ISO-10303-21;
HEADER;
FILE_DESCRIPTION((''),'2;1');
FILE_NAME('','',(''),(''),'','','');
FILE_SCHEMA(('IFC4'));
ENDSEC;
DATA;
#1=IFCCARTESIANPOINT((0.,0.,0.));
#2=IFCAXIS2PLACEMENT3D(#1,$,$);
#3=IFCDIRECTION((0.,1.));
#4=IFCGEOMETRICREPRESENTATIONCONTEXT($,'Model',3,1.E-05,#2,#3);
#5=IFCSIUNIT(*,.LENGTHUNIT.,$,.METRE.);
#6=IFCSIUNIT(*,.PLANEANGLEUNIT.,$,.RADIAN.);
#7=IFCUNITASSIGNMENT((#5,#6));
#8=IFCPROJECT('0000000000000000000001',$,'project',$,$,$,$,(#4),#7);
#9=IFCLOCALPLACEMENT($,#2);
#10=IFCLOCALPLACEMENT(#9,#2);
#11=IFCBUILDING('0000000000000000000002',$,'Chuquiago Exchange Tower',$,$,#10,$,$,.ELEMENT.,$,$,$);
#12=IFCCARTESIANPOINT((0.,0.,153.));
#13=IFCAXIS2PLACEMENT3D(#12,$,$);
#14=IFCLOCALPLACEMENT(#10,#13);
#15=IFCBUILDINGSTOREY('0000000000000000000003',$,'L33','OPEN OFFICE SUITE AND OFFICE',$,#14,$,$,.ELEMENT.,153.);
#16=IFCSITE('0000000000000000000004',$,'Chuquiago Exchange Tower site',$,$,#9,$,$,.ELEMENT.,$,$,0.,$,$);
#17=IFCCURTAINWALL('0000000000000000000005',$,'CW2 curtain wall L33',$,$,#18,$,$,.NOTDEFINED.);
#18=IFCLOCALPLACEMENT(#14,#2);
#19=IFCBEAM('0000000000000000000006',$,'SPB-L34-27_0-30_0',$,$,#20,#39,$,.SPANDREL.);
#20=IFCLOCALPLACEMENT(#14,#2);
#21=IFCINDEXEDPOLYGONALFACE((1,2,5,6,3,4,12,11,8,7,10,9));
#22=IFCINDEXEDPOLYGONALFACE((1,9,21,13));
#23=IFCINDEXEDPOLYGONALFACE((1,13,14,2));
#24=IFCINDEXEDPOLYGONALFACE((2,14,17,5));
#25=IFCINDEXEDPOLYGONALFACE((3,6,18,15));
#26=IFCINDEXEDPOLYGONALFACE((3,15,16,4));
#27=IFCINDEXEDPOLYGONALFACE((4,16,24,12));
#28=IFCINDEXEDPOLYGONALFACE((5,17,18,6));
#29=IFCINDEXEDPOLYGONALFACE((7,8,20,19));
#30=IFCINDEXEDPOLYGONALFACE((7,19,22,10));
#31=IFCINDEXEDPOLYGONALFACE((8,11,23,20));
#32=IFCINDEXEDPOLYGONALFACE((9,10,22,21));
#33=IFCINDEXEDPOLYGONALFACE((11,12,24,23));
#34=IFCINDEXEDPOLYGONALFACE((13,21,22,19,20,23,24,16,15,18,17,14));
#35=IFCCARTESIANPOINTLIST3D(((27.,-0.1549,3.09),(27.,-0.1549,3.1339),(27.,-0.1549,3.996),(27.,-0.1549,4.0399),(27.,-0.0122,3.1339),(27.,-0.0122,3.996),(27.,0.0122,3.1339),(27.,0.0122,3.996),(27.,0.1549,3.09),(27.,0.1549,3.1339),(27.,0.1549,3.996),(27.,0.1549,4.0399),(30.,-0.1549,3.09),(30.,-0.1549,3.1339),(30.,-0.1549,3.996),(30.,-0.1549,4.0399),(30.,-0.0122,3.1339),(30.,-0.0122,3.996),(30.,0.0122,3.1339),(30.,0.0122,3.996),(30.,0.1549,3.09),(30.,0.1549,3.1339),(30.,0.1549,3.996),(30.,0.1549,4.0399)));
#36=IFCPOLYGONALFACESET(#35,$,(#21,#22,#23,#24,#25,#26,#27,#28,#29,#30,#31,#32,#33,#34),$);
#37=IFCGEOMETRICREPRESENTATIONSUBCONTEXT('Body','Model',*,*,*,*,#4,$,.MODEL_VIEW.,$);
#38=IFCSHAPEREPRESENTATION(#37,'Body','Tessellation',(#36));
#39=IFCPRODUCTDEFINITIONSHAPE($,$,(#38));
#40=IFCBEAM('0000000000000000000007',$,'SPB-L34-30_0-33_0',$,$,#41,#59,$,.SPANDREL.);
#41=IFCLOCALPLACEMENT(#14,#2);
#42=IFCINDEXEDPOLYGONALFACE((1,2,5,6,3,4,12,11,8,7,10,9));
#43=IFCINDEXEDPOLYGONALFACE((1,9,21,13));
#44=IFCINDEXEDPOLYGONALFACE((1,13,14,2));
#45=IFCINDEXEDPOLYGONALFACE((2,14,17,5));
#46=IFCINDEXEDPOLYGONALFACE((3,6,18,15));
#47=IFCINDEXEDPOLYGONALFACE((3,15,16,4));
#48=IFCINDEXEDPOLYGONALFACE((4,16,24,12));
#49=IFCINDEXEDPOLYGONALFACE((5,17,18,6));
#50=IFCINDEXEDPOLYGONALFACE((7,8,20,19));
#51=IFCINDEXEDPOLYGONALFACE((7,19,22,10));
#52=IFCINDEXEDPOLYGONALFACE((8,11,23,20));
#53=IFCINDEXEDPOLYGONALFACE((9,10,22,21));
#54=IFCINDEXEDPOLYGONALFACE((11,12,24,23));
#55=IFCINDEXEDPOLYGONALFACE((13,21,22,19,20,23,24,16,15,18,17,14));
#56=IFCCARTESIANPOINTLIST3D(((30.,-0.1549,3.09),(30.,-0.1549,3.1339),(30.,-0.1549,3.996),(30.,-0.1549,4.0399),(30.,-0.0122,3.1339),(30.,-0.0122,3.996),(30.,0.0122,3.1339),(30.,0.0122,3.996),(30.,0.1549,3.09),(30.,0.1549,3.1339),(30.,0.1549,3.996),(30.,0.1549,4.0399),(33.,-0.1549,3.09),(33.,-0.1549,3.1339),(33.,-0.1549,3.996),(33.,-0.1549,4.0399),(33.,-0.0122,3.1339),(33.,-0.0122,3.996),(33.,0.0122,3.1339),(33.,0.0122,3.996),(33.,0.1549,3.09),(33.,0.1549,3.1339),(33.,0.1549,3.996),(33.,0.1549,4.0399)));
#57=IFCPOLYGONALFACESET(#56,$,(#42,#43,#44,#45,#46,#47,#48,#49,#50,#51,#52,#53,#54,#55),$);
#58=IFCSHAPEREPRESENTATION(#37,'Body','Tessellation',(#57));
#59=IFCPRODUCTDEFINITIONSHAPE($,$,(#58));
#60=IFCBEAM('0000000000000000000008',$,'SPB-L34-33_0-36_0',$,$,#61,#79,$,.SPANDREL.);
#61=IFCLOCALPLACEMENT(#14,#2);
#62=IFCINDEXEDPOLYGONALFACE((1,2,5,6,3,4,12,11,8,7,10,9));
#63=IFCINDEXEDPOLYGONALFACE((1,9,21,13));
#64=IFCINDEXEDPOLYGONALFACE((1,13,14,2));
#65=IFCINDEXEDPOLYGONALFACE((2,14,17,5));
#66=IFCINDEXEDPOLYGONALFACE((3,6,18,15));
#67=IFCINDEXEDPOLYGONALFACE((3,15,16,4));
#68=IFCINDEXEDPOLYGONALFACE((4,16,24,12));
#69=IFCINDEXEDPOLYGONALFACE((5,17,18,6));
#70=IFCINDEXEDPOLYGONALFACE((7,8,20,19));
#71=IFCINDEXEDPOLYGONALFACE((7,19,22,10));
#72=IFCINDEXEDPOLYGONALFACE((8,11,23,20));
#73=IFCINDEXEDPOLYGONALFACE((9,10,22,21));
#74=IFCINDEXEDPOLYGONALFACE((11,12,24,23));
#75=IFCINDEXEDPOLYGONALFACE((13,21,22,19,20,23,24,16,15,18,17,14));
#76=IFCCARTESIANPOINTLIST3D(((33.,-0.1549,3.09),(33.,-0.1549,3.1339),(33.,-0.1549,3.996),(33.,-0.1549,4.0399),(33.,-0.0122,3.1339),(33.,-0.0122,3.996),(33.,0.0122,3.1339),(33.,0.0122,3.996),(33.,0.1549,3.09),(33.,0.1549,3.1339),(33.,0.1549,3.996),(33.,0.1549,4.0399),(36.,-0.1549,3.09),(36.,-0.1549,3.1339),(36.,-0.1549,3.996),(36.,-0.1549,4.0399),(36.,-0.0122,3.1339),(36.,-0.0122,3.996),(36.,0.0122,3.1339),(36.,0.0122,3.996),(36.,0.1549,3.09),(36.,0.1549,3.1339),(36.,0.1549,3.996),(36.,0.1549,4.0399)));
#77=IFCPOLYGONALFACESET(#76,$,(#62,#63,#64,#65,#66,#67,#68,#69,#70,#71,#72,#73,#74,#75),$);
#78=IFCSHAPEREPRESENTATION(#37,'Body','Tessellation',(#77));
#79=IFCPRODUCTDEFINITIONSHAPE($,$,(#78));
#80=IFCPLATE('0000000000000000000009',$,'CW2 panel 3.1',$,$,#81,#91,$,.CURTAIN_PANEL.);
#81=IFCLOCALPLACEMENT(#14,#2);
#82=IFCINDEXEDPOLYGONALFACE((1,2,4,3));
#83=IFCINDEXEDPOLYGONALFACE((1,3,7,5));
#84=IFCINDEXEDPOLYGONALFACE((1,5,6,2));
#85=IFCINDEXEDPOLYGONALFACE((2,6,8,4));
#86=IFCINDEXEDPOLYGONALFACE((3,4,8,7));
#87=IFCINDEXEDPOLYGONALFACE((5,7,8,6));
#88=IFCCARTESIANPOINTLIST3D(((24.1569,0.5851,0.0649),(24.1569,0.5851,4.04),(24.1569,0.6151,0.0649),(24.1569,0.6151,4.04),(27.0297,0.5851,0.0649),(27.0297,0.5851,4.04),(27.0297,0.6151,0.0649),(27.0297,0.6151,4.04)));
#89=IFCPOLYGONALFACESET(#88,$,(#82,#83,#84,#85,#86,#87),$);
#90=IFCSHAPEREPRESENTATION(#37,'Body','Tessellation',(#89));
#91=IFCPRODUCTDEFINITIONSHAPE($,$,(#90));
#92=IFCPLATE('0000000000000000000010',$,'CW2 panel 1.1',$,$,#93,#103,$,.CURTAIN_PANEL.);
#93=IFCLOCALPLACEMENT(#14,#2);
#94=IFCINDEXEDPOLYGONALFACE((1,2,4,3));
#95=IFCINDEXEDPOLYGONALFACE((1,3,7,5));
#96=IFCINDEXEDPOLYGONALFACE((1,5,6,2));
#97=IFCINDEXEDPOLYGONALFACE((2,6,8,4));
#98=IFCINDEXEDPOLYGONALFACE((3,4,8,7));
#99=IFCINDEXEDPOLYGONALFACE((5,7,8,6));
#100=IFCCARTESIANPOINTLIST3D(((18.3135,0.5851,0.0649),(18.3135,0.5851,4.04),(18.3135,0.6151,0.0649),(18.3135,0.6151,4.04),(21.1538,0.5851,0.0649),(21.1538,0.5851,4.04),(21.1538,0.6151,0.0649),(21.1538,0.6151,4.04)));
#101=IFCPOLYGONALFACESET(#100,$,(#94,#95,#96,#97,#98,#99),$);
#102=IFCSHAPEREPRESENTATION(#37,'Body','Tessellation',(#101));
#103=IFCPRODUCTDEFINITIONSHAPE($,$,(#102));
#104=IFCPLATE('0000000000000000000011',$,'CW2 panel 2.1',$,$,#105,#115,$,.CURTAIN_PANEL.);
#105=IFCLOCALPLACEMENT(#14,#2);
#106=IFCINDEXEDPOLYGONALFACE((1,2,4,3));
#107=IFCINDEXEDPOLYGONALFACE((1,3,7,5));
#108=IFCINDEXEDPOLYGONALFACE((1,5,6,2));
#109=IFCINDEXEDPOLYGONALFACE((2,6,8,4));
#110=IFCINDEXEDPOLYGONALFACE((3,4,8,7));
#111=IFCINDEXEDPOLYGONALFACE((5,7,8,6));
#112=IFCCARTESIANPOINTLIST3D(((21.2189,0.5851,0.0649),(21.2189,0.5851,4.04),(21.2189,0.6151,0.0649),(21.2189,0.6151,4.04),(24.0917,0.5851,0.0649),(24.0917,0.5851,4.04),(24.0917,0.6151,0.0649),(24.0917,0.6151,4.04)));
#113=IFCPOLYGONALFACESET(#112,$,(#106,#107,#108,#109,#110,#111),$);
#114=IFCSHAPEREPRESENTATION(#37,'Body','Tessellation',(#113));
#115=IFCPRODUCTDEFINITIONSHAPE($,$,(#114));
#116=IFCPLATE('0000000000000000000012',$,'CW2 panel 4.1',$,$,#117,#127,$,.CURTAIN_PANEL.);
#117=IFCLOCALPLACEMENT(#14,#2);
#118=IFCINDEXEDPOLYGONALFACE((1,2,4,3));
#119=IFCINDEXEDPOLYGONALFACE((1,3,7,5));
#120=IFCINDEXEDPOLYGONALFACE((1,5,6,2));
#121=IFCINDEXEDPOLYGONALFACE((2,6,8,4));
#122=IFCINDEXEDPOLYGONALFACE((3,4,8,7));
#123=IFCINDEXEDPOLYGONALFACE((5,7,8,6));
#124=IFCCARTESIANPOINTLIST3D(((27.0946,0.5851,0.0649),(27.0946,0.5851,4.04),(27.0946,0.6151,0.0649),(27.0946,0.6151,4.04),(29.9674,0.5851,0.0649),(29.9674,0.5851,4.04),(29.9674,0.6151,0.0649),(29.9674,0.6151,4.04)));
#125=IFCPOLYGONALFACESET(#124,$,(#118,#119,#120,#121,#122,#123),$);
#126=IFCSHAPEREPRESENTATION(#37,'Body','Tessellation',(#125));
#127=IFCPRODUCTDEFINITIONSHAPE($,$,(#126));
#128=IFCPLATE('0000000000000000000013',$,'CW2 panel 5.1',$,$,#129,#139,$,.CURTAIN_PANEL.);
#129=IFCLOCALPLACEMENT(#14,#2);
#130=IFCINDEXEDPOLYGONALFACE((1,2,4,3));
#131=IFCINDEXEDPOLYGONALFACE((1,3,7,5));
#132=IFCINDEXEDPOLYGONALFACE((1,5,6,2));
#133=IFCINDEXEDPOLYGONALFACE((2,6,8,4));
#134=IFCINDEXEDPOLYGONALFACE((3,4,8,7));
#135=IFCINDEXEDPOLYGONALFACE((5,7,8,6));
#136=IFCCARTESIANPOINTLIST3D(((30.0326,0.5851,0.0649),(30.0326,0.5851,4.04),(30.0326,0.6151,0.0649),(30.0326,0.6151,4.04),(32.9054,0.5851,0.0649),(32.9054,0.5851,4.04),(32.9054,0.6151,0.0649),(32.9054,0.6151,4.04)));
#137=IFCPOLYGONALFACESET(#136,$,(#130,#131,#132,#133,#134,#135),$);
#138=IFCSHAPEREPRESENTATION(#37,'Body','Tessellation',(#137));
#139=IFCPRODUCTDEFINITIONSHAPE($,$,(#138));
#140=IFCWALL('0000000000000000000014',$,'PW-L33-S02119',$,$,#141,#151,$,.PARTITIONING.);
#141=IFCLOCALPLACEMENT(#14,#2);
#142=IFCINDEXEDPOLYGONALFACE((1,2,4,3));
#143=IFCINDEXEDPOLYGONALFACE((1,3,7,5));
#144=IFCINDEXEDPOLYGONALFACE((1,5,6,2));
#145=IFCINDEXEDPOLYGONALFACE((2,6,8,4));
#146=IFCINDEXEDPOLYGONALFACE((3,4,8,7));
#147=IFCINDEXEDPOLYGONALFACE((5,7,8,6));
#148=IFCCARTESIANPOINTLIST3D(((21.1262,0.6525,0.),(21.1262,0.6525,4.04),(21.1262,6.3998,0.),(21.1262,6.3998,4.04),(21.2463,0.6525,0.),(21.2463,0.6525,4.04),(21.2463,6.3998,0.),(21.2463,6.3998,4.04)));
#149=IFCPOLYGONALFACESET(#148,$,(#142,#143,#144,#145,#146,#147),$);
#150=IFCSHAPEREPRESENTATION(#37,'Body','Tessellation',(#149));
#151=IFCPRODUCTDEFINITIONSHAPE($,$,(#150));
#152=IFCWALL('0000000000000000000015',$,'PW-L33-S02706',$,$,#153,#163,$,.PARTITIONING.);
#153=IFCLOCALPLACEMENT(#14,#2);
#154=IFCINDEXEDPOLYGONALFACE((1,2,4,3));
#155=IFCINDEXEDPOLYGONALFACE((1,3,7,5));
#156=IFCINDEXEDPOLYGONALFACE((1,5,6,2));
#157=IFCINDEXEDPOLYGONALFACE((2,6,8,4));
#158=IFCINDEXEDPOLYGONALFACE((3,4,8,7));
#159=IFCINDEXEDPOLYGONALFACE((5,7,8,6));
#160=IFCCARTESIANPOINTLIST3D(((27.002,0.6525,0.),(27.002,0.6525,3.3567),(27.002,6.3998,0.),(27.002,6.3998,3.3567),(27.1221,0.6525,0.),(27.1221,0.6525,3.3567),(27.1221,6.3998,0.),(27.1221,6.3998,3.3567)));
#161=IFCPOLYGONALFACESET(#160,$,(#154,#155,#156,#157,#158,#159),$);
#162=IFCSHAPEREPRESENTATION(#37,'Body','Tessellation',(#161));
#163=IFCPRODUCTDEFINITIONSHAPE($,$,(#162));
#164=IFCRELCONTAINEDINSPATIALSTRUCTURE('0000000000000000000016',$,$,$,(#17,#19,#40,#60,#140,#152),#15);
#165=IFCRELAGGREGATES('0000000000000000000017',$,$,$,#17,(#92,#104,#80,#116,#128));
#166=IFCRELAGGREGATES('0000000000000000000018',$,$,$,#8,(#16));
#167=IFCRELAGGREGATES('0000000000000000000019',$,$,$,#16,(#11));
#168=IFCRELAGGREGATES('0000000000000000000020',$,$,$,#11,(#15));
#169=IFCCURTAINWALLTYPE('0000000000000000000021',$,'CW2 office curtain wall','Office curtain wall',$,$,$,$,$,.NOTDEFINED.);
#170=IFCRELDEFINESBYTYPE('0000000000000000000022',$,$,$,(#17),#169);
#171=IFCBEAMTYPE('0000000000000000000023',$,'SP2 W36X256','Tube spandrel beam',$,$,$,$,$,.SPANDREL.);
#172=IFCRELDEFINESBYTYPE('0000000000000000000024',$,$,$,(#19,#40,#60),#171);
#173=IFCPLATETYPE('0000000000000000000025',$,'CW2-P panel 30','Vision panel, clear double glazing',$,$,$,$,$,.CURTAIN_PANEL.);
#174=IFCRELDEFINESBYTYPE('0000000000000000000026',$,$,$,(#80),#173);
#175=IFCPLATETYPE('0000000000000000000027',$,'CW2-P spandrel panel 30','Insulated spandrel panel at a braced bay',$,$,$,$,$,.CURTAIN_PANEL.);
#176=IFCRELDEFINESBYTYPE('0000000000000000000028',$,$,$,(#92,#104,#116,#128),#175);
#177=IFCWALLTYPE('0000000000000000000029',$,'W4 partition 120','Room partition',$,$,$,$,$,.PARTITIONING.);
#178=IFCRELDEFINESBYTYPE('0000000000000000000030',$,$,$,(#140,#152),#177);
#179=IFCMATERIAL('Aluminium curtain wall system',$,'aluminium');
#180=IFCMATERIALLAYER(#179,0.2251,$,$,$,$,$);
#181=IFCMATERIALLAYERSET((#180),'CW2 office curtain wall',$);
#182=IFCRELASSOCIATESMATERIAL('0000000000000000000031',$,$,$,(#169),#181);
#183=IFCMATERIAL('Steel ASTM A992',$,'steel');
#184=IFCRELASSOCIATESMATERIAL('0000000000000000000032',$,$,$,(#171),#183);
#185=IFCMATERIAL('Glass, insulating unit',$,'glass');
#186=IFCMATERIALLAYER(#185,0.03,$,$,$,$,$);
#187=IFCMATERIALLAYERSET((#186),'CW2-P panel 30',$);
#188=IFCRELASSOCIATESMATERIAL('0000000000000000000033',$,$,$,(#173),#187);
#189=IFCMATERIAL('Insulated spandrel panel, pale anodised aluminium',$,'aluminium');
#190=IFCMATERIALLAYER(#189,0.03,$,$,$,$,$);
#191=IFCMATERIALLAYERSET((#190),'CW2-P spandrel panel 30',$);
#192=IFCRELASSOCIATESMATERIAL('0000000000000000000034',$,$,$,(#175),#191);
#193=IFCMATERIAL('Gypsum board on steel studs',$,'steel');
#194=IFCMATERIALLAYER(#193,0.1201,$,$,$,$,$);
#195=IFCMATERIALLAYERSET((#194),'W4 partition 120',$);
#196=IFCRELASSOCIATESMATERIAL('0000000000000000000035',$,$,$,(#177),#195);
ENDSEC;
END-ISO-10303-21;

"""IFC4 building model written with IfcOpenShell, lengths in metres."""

from ifc_helpers import new_model, si_unit, direction, frame, frame_2d, origin, origin_2d, place, context, subcontext, project, spatial, rectangle, i_section, extrude, material, layer, layer_set, material_profile, profile_set, type_object, element, aggregate, save


model = new_model("IFC4")

# Units and contexts
model_context = context("Model", 3, precision=1e-05, world=origin(), true_north=direction((0.0, 1.0)))
body_context = subcontext(model_context, "Body", "Model", "MODEL_VIEW")
ifc_project = project(units=[si_unit("LENGTHUNIT", "METRE"), si_unit("PLANEANGLEUNIT", "RADIAN")], contexts=[model_context])

# Site, building, storey
site_placement = place(None, origin())
site = spatial("IfcSite", under=ifc_project, at=site_placement, Name="Chuquiago Exchange Tower site", CompositionType="ELEMENT", RefElevation=0.0)
building_placement = place(site_placement, origin())
building = spatial("IfcBuilding", under=site, at=building_placement, Name="Chuquiago Exchange Tower", CompositionType="ELEMENT")
storey_placement = place(building_placement, frame((0.0, 0.0, 153.0)))
storey = spatial("IfcBuildingStorey", under=building, at=storey_placement, Name="L33", Description="OPEN OFFICE SUITE AND OFFICE", CompositionType="ELEMENT", Elevation=153.0)

# Curtain wall
ifc_material_1 = material(Name="Aluminium curtain wall system", Category="aluminium")
ifc_layer_1 = layer(ifc_material_1, 0.2251)
ifc_layer_set_1 = layer_set([ifc_layer_1], Name="CW2 office curtain wall")
curtain_wall_type_1 = type_object("IfcCurtainWallType", Name="CW2 office curtain wall", Description="Office curtain wall", PredefinedType="NOTDEFINED", material=ifc_layer_set_1)
curtain_wall_1_placement = place(storey_placement, origin())
curtain_wall_1 = element("IfcCurtainWall", 1, at=curtain_wall_1_placement, inside=storey, type_object=curtain_wall_type_1, Name="CW2 curtain wall L33", PredefinedType="NOTDEFINED")

# Beams
ifc_material_2 = material(Name="Steel ASTM A992", Category="steel")
ifc_material_profile_1 = material_profile(ifc_material_2, i_section(OverallWidth=0.3098, OverallDepth=0.95, WebThickness=0.0244, FlangeThickness=0.0439, at=origin_2d()), Name="W36X256")
ifc_profile_set_1 = profile_set([ifc_material_profile_1], Name="Steel ASTM A992")
beam_type = type_object("IfcBeamType", Name="SP2 W36X256", Description="Tube spandrel beam", PredefinedType="SPANDREL", material=ifc_profile_set_1)
for number, where, z_axis, x_axis, name in (
    (2, (27.0, 0.0, 3.5649), (1.0, 0.0, 0.0), (0.0, 1.0, 0.0), "SPB-L34-27_0-30_0"),
    (3, (30.0, 0.0, 3.5649), (1.0, 0.0, 0.0), (0.0, 1.0, 0.0), "SPB-L34-30_0-33_0"),
    (4, (33.0, 0.0, 3.5649), (1.0, 0.0, 0.0), (0.0, 1.0, 0.0), "SPB-L34-33_0-36_0"),
):
    element("IfcBeam", number, at=place(storey_placement, frame(where, z_axis=z_axis, x_axis=x_axis)), inside=storey, type_object=beam_type, Name=name, PredefinedType="SPANDREL", context=body_context, shape_type="SweptSolid", body=[
        extrude(i_section(OverallWidth=0.3098, OverallDepth=0.95, WebThickness=0.0244, FlangeThickness=0.0439, at=origin_2d()), origin(), (0.0, 0.0, 1.0), 3.0),
    ])

# Plates
ifc_material_3 = material(Name="Glass, insulating unit", Category="glass")
ifc_layer_2 = layer(ifc_material_3, 0.03)
ifc_layer_set_2 = layer_set([ifc_layer_2], Name="CW2-P panel 30")
plate_type_1 = type_object("IfcPlateType", Name="CW2-P panel 30", Description="Vision panel, clear double glazing", PredefinedType="CURTAIN_PANEL", material=ifc_layer_set_2)
plate_1_placement = place(storey_placement, frame((25.5933, 0.6001, 0.0649), z_axis=(0.0, 0.0, 1.0), x_axis=(1.0, 0.0, 0.0)))
plate_1 = element("IfcPlate", 5, at=plate_1_placement, type_object=plate_type_1, Name="CW2 panel 3.1", PredefinedType="CURTAIN_PANEL", context=body_context, shape_type="SweptSolid", body=[
    extrude(rectangle(XDim=2.8728, YDim=0.03, at=origin_2d()), origin(), (0.0, 0.0, 1.0), 3.9751),
])
ifc_material_4 = material(Name="Insulated spandrel panel, pale anodised aluminium", Category="aluminium")
ifc_layer_3 = layer(ifc_material_4, 0.03)
ifc_layer_set_3 = layer_set([ifc_layer_3], Name="CW2-P spandrel panel 30")
plate_type_2 = type_object("IfcPlateType", Name="CW2-P spandrel panel 30", Description="Insulated spandrel panel at a braced bay", PredefinedType="CURTAIN_PANEL", material=ifc_layer_set_3)
plate_2_placement = place(storey_placement, frame((19.7336, 0.6001, 0.0649), z_axis=(0.0, 0.0, 1.0), x_axis=(1.0, 0.0, 0.0)))
plate_2 = element("IfcPlate", 6, at=plate_2_placement, type_object=plate_type_2, Name="CW2 panel 1.1", PredefinedType="CURTAIN_PANEL", context=body_context, shape_type="SweptSolid", body=[
    extrude(rectangle(XDim=2.8403, YDim=0.03, at=origin_2d()), origin(), (0.0, 0.0, 1.0), 3.9751),
])
plate_3_placement = place(storey_placement, frame((22.6553, 0.6001, 0.0649), z_axis=(0.0, 0.0, 1.0), x_axis=(1.0, 0.0, 0.0)))
plate_3 = element("IfcPlate", 7, at=plate_3_placement, type_object=plate_type_2, Name="CW2 panel 2.1", PredefinedType="CURTAIN_PANEL", context=body_context, shape_type="SweptSolid", body=[
    extrude(rectangle(XDim=2.8728, YDim=0.03, at=origin_2d()), origin(), (0.0, 0.0, 1.0), 3.9751),
])
plate_4_placement = place(storey_placement, frame((28.531, 0.6001, 0.0649), z_axis=(0.0, 0.0, 1.0), x_axis=(1.0, 0.0, 0.0)))
plate_4 = element("IfcPlate", 8, at=plate_4_placement, type_object=plate_type_2, Name="CW2 panel 4.1", PredefinedType="CURTAIN_PANEL", context=body_context, shape_type="SweptSolid", body=[
    extrude(rectangle(XDim=2.8728, YDim=0.03, at=origin_2d()), origin(), (0.0, 0.0, 1.0), 3.9751),
])
plate_5_placement = place(storey_placement, frame((31.469, 0.6001, 0.0649), z_axis=(0.0, 0.0, 1.0), x_axis=(1.0, 0.0, 0.0)))
plate_5 = element("IfcPlate", 9, at=plate_5_placement, type_object=plate_type_2, Name="CW2 panel 5.1", PredefinedType="CURTAIN_PANEL", context=body_context, shape_type="SweptSolid", body=[
    extrude(rectangle(XDim=2.8728, YDim=0.03, at=origin_2d()), origin(), (0.0, 0.0, 1.0), 3.9751),
])
aggregate(curtain_wall_1, [plate_2, plate_3, plate_1, plate_4, plate_5])

# Walls
ifc_material_5 = material(Name="Gypsum board on steel studs", Category="steel")
ifc_layer_4 = layer(ifc_material_5, 0.1201)
ifc_layer_set_4 = layer_set([ifc_layer_4], Name="W4 partition 120")
wall_type = type_object("IfcWallType", Name="W4 partition 120", Description="Room partition", PredefinedType="PARTITIONING", material=ifc_layer_set_4)
wall_1_placement = place(storey_placement, frame((21.1863, 0.6526, 0.0), z_axis=(0.0, 0.0, 1.0), x_axis=(0.0, 1.0, 0.0)))
element("IfcWall", 10, at=wall_1_placement, inside=storey, type_object=wall_type, Name="PW-L33-S02119", PredefinedType="PARTITIONING", context=body_context, shape_type="SweptSolid", body=[
    extrude(rectangle(XDim=5.7473, YDim=0.1201, at=frame_2d((2.8735, 0.0))), origin(), (0.0, 0.0, 1.0), 4.04),
])
wall_2_placement = place(storey_placement, frame((27.062, 0.6526, 0.0), z_axis=(0.0, 0.0, 1.0), x_axis=(0.0, 1.0, 0.0)))
element("IfcWall", 11, at=wall_2_placement, inside=storey, type_object=wall_type, Name="PW-L33-S02706", PredefinedType="PARTITIONING", context=body_context, shape_type="SweptSolid", body=[
    extrude(rectangle(XDim=5.7473, YDim=0.1201, at=frame_2d((2.8735, 0.0))), origin(), (0.0, 0.0, 1.0), 3.3567),
])

save(model, "model.ifc")
